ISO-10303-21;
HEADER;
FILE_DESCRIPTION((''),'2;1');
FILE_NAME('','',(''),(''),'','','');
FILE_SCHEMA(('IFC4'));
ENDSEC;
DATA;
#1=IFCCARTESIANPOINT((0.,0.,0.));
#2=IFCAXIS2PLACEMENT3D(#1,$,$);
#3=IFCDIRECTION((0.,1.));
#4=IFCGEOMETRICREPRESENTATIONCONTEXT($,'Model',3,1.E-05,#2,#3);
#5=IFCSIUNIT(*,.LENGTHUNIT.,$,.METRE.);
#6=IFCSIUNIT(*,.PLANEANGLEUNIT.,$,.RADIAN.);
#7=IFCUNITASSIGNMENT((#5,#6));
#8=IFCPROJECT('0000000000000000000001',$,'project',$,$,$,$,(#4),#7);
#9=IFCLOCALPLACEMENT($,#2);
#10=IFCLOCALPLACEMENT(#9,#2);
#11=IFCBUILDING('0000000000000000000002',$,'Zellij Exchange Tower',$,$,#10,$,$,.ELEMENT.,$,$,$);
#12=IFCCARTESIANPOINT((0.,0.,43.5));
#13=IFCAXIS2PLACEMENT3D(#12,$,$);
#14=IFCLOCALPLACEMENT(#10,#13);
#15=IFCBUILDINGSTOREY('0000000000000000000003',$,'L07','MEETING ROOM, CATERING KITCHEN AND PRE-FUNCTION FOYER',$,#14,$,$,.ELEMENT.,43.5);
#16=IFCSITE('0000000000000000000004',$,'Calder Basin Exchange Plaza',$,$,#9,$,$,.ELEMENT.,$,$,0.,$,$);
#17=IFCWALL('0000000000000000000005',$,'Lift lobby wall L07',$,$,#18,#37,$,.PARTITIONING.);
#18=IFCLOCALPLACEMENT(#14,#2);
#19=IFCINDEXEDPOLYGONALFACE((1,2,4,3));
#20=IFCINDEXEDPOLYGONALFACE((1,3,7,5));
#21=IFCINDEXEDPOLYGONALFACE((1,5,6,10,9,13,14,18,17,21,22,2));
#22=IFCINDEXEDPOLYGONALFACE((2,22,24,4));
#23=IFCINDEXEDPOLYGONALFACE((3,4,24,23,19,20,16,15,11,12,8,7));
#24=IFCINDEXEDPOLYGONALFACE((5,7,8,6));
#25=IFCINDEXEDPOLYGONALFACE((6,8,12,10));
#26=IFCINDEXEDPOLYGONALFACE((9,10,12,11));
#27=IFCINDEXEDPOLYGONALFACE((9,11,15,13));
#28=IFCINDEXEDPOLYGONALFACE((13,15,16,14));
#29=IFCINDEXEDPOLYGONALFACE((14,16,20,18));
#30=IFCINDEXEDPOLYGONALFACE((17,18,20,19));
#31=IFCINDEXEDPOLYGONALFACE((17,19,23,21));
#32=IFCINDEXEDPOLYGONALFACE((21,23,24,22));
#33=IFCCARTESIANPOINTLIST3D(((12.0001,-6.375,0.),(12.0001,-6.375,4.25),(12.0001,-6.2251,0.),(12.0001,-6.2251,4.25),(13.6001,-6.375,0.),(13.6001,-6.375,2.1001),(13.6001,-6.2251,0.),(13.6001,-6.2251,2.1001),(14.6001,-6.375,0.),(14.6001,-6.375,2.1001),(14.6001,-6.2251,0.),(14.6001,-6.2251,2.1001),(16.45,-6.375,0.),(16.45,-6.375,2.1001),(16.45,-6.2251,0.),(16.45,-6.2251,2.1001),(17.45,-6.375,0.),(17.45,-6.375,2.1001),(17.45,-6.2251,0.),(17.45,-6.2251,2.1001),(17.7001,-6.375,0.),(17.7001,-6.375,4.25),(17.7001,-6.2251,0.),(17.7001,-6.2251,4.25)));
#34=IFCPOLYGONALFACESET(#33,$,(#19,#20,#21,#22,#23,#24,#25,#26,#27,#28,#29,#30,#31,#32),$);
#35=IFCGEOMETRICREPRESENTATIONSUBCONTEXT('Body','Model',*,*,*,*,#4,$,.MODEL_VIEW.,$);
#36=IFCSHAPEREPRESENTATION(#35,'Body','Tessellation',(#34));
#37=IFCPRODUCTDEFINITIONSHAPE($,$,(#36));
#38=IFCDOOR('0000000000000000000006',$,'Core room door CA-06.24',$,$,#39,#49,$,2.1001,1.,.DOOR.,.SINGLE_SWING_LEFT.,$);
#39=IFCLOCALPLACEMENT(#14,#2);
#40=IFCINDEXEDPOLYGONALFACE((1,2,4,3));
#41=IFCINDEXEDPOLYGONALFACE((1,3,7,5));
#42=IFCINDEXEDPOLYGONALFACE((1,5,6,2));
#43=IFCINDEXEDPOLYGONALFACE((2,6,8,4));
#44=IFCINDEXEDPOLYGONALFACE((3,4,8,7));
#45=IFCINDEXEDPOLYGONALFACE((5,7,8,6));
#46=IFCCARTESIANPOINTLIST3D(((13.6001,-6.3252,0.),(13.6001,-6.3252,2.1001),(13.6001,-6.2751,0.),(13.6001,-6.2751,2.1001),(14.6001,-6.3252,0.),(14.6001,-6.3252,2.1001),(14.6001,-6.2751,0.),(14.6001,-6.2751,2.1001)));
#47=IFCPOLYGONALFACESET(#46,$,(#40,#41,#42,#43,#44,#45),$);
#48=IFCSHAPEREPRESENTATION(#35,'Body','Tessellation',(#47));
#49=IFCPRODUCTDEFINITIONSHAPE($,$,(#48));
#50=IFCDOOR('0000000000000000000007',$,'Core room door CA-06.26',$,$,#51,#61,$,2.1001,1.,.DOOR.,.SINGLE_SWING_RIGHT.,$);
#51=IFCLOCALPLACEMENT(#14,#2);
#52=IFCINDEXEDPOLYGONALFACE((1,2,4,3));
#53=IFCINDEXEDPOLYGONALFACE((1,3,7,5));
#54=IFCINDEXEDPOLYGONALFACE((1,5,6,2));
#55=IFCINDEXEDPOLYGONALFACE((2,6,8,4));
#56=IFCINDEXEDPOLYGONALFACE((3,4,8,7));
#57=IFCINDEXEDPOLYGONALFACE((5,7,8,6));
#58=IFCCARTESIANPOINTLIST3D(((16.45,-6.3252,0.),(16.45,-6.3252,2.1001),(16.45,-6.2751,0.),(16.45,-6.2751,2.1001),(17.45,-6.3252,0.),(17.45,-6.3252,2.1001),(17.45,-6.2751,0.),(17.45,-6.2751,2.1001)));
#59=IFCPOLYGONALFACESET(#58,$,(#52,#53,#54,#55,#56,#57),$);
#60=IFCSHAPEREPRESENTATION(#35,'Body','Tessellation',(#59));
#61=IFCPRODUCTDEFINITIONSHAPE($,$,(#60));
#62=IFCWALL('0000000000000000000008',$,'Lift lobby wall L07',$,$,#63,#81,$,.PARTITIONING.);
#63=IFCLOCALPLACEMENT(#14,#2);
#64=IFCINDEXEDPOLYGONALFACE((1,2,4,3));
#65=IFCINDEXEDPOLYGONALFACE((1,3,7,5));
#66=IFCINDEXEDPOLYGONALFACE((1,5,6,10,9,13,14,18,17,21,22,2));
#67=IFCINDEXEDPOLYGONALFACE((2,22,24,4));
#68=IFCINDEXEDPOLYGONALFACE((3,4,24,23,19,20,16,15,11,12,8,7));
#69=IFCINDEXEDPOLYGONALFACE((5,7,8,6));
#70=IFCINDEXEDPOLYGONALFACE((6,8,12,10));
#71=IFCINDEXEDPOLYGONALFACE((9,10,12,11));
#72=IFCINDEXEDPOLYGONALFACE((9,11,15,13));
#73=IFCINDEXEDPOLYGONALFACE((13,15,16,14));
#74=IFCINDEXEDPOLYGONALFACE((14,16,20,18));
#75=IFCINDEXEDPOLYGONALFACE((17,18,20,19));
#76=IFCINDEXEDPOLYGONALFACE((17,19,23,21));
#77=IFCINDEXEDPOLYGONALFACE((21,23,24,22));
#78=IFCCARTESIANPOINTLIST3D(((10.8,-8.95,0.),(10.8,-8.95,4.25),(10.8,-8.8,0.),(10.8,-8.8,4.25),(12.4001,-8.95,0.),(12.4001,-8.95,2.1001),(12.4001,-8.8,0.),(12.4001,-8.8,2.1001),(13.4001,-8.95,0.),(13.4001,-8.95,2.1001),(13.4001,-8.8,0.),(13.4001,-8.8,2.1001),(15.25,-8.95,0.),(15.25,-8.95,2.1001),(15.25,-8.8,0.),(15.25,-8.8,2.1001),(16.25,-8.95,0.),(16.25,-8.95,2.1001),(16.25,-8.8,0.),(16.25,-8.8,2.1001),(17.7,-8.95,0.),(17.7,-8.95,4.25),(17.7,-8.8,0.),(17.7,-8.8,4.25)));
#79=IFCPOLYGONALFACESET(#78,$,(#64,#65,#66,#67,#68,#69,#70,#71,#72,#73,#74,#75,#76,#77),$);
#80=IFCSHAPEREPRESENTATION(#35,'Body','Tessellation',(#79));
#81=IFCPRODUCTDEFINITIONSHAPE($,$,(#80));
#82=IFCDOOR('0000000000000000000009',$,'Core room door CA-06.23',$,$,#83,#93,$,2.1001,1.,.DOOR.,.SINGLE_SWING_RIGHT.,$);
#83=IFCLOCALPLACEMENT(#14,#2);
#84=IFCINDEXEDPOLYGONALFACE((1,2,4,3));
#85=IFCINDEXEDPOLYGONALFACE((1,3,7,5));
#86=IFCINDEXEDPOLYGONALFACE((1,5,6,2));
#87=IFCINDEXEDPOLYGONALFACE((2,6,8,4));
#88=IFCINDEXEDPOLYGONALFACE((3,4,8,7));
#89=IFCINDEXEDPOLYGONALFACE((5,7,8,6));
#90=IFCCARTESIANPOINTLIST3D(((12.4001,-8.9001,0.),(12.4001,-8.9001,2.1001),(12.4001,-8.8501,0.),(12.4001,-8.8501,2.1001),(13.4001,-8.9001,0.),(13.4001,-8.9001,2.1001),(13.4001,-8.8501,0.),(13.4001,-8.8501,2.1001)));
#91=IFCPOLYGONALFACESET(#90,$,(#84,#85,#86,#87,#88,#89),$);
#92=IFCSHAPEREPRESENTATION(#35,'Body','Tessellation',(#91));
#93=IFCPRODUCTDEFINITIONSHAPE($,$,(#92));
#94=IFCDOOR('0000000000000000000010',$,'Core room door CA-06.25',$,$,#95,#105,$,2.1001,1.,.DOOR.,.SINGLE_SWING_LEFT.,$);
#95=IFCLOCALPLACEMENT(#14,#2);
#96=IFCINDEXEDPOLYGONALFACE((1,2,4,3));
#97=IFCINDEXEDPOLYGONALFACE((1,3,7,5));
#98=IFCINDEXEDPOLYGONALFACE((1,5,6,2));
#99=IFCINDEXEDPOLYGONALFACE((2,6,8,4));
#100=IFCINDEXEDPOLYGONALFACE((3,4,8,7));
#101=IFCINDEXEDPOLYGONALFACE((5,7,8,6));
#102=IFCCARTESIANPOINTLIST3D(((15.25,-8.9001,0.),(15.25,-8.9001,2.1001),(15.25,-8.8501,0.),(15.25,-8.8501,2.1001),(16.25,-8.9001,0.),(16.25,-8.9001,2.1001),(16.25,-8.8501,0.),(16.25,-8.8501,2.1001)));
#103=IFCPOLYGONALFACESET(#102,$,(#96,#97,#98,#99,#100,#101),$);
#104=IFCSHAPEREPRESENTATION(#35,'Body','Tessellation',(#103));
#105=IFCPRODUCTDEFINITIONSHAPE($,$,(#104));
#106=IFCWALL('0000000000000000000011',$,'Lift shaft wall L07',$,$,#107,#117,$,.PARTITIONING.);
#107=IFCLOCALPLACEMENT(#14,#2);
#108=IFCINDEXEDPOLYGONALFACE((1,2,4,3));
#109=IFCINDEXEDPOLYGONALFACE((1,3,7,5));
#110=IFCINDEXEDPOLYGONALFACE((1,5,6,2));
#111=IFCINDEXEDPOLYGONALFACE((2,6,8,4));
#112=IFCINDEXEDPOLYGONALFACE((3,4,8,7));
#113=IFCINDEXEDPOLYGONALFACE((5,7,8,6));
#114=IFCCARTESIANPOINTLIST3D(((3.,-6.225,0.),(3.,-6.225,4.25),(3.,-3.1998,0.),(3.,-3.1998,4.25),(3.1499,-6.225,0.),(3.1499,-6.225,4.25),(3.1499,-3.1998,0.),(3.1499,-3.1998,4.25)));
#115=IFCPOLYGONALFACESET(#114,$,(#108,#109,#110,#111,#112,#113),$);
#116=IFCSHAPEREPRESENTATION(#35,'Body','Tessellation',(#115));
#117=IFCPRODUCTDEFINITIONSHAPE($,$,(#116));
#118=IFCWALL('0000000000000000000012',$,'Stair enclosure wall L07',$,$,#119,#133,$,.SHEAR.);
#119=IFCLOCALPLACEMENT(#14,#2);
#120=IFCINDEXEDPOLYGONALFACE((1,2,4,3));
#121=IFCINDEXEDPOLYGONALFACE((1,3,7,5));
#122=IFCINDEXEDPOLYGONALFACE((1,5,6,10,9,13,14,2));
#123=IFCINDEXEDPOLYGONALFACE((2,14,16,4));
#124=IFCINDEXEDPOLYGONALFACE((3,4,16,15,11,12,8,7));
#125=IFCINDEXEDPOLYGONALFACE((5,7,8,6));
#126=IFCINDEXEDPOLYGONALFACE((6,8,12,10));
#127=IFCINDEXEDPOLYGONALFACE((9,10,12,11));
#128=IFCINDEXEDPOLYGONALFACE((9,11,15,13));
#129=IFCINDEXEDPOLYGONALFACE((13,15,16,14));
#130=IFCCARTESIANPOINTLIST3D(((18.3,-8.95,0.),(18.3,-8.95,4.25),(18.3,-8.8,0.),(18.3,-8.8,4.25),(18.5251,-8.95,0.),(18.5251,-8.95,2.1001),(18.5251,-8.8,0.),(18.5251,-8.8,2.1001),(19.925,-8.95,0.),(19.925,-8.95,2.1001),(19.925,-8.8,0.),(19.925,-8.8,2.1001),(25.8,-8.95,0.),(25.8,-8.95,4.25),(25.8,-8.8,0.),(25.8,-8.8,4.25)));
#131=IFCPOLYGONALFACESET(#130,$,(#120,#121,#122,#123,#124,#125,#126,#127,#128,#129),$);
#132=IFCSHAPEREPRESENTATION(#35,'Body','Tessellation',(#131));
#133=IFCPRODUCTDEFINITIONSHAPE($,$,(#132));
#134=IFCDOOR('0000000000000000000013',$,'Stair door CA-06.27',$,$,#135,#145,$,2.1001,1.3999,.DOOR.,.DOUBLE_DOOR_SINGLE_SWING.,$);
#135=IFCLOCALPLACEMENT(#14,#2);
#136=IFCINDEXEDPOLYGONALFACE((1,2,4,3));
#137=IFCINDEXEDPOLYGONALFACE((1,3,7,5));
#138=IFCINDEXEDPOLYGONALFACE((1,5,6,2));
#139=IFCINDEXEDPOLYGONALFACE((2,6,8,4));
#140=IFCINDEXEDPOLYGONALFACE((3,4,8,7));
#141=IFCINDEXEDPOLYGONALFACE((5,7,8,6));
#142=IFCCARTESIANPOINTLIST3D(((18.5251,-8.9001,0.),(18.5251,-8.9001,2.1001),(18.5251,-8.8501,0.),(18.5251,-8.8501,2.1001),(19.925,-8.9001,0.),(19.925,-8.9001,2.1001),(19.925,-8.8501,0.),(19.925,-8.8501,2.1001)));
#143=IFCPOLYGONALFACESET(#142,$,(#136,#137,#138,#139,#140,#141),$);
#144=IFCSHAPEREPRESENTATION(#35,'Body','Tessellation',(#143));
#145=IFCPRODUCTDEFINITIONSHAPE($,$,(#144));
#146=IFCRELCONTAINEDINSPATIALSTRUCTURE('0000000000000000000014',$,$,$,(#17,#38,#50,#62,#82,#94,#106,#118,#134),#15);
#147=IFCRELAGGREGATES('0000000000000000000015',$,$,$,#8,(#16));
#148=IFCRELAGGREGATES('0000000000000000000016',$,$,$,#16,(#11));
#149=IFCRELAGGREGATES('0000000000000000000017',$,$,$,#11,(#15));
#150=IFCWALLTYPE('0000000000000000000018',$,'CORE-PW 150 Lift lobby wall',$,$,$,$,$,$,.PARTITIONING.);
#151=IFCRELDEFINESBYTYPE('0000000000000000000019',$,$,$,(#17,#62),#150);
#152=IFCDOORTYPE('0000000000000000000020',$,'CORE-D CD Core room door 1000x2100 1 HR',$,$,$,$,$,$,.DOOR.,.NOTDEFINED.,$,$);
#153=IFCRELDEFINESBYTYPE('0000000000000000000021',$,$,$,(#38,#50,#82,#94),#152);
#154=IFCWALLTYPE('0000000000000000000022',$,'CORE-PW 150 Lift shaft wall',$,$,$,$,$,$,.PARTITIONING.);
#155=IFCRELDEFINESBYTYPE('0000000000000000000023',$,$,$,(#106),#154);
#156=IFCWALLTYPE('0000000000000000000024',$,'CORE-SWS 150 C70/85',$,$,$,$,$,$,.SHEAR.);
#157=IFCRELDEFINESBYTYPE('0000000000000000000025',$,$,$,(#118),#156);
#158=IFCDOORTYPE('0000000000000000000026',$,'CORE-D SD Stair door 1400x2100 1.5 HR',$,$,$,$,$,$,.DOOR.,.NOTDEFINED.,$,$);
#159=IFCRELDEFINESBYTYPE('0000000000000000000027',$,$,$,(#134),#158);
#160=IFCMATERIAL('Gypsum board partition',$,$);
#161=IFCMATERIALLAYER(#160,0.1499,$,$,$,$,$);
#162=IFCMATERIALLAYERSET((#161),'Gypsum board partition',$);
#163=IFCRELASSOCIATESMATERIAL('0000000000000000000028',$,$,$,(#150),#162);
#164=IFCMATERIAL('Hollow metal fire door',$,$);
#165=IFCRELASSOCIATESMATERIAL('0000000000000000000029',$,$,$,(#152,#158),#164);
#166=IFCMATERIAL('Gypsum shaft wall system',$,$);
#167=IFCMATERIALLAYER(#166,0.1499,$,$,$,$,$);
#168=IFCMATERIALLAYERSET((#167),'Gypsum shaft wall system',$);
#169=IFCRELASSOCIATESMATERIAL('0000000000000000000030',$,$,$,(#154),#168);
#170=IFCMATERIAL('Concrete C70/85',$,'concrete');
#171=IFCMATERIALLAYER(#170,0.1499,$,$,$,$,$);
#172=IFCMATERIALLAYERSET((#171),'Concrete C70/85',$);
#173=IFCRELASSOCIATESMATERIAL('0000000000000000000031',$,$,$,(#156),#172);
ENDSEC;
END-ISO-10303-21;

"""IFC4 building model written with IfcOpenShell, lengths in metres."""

from ifc_helpers import new_model, si_unit, direction, frame, frame_2d, origin, place, context, subcontext, project, spatial, rectangle, extrude, material, layer, layer_set, type_object, element, fill, save


model = new_model("IFC4")

# Units and contexts
model_context = context("Model", 3, precision=1e-05, world=origin(), true_north=direction((0.0, 1.0)))
body_context = subcontext(model_context, "Body", "Model", "MODEL_VIEW")
ifc_project = project(units=[si_unit("LENGTHUNIT", "METRE"), si_unit("PLANEANGLEUNIT", "RADIAN")], contexts=[model_context])

# Site, building, storey
site_placement = place(None, origin())
site = spatial("IfcSite", under=ifc_project, at=site_placement, Name="Calder Basin Exchange Plaza", CompositionType="ELEMENT", RefElevation=0.0)
building_placement = place(site_placement, origin())
building = spatial("IfcBuilding", under=site, at=building_placement, Name="Zellij Exchange Tower", CompositionType="ELEMENT")
storey_placement = place(building_placement, frame((0.0, 0.0, 43.5)))
storey = spatial("IfcBuildingStorey", under=building, at=storey_placement, Name="L07", Description="MEETING ROOM, CATERING KITCHEN AND PRE-FUNCTION FOYER", CompositionType="ELEMENT", Elevation=43.5)

# Shared definitions
ifc_material_1 = material(Name="Concrete C70/85", Category="concrete")

# Shared definitions
ifc_material_2 = material(Name="Gypsum shaft wall system")
ifc_material_3 = material(Name="Hollow metal fire door")

# Shared definitions
ifc_material_4 = material(Name="Gypsum board partition")
ifc_layer_1 = layer(ifc_material_4, 0.1499)
ifc_layer_set_1 = layer_set([ifc_layer_1], Name="Gypsum board partition")
wall_type_1 = type_object("IfcWallType", Name="CORE-PW 150 Lift lobby wall", PredefinedType="PARTITIONING", material=ifc_layer_set_1)

# Walls, openings, doors
wall_1_placement = place(storey_placement, frame((12.0, -6.3, 0.0), z_axis=(0.0, 0.0, 1.0), x_axis=(1.0, 0.0, 0.0)))
wall_1 = element("IfcWall", 1, at=wall_1_placement, inside=storey, type_object=wall_type_1, Name="Lift lobby wall L07", PredefinedType="PARTITIONING", context=body_context, shape_type="SweptSolid", body=[
    extrude(rectangle(XDim=5.7, YDim=0.1499, at=frame_2d((2.8501, 0.0))), origin(), (0.0, 0.0, 1.0), 4.25),
])
opening_1_placement = place(wall_1_placement, frame((1.6001, 0.0, 0.0)))
opening_1 = element("IfcOpeningElement", 2, at=opening_1_placement, cuts=wall_1, PredefinedType="OPENING", context=body_context, shape_type="SweptSolid", body=[
    extrude(rectangle(XDim=1.0, YDim=2.1001, at=frame_2d((0.5, 1.05))), frame((0.0, 0.0869, 0.0), z_axis=(0.0, -1.0, 0.0), x_axis=(1.0, 0.0, 0.0)), (0.0, 0.0, 1.0), 0.1738),
])
opening_2_placement = place(wall_1_placement, frame((4.45, 0.0, 0.0)))
opening_2 = element("IfcOpeningElement", 3, at=opening_2_placement, cuts=wall_1, PredefinedType="OPENING", context=body_context, shape_type="SweptSolid", body=[
    extrude(rectangle(XDim=1.0, YDim=2.1001, at=frame_2d((0.5, 1.05))), frame((0.0, 0.0869, 0.0), z_axis=(0.0, -1.0, 0.0), x_axis=(1.0, 0.0, 0.0)), (0.0, 0.0, 1.0), 0.1738),
])
door_type_1 = type_object("IfcDoorType", Name="CORE-D CD Core room door 1000x2100 1 HR", OperationType="NOTDEFINED", PredefinedType="DOOR", material=ifc_material_3)
door_1_placement = place(opening_1_placement, origin())
door_1 = element("IfcDoor", 4, at=door_1_placement, inside=storey, type_object=door_type_1, Name="Core room door CA-06.24", OperationType="SINGLE_SWING_LEFT", OverallHeight=2.1001, OverallWidth=1.0, PredefinedType="DOOR", context=body_context, shape_type="SweptSolid", body=[
    extrude(rectangle(XDim=1.0, YDim=2.1001, at=frame_2d((0.5, 1.05))), frame((0.0, 0.0249, 0.0), z_axis=(0.0, -1.0, 0.0), x_axis=(1.0, 0.0, 0.0)), (0.0, 0.0, 1.0), 0.05),
])
fill(opening_1, door_1)
door_2_placement = place(opening_2_placement, origin())
door_2 = element("IfcDoor", 5, at=door_2_placement, inside=storey, type_object=door_type_1, Name="Core room door CA-06.26", OperationType="SINGLE_SWING_RIGHT", OverallHeight=2.1001, OverallWidth=1.0, PredefinedType="DOOR", context=body_context, shape_type="SweptSolid", body=[
    extrude(rectangle(XDim=1.0, YDim=2.1001, at=frame_2d((0.5, 1.05))), frame((0.0, 0.0249, 0.0), z_axis=(0.0, -1.0, 0.0), x_axis=(1.0, 0.0, 0.0)), (0.0, 0.0, 1.0), 0.05),
])
fill(opening_2, door_2)
wall_2_placement = place(storey_placement, frame((10.8, -8.875, 0.0), z_axis=(0.0, 0.0, 1.0), x_axis=(1.0, 0.0, 0.0)))
wall_2 = element("IfcWall", 6, at=wall_2_placement, inside=storey, type_object=wall_type_1, Name="Lift lobby wall L07", PredefinedType="PARTITIONING", context=body_context, shape_type="SweptSolid", body=[
    extrude(rectangle(XDim=6.8999, YDim=0.1499, at=frame_2d((3.45, 0.0))), origin(), (0.0, 0.0, 1.0), 4.25),
])
opening_3_placement = place(wall_2_placement, frame((1.6001, 0.0, 0.0)))
opening_3 = element("IfcOpeningElement", 7, at=opening_3_placement, cuts=wall_2, PredefinedType="OPENING", context=body_context, shape_type="SweptSolid", body=[
    extrude(rectangle(XDim=1.0, YDim=2.1001, at=frame_2d((0.5, 1.05))), frame((0.0, 0.0869, 0.0), z_axis=(0.0, -1.0, 0.0), x_axis=(1.0, 0.0, 0.0)), (0.0, 0.0, 1.0), 0.1738),
])
opening_4_placement = place(wall_2_placement, frame((4.45, 0.0, 0.0)))
opening_4 = element("IfcOpeningElement", 8, at=opening_4_placement, cuts=wall_2, PredefinedType="OPENING", context=body_context, shape_type="SweptSolid", body=[
    extrude(rectangle(XDim=1.0, YDim=2.1001, at=frame_2d((0.5, 1.05))), frame((0.0, 0.0869, 0.0), z_axis=(0.0, -1.0, 0.0), x_axis=(1.0, 0.0, 0.0)), (0.0, 0.0, 1.0), 0.1738),
])
door_3_placement = place(opening_3_placement, origin())
door_3 = element("IfcDoor", 9, at=door_3_placement, inside=storey, type_object=door_type_1, Name="Core room door CA-06.23", OperationType="SINGLE_SWING_RIGHT", OverallHeight=2.1001, OverallWidth=1.0, PredefinedType="DOOR", context=body_context, shape_type="SweptSolid", body=[
    extrude(rectangle(XDim=1.0, YDim=2.1001, at=frame_2d((0.5, 1.05))), frame((0.0, 0.0249, 0.0), z_axis=(0.0, -1.0, 0.0), x_axis=(1.0, 0.0, 0.0)), (0.0, 0.0, 1.0), 0.05),
])
fill(opening_3, door_3)
door_4_placement = place(opening_4_placement, origin())
door_4 = element("IfcDoor", 10, at=door_4_placement, inside=storey, type_object=door_type_1, Name="Core room door CA-06.25", OperationType="SINGLE_SWING_LEFT", OverallHeight=2.1001, OverallWidth=1.0, PredefinedType="DOOR", context=body_context, shape_type="SweptSolid", body=[
    extrude(rectangle(XDim=1.0, YDim=2.1001, at=frame_2d((0.5, 1.05))), frame((0.0, 0.0249, 0.0), z_axis=(0.0, -1.0, 0.0), x_axis=(1.0, 0.0, 0.0)), (0.0, 0.0, 1.0), 0.05),
])
fill(opening_4, door_4)

# Wall
ifc_layer_2 = layer(ifc_material_2, 0.1499)
ifc_layer_set_2 = layer_set([ifc_layer_2], Name="Gypsum shaft wall system")
wall_type_2 = type_object("IfcWallType", Name="CORE-PW 150 Lift shaft wall", PredefinedType="PARTITIONING", material=ifc_layer_set_2)
wall_3_placement = place(storey_placement, frame((3.075, -6.2251, 0.0), z_axis=(0.0, 0.0, 1.0), x_axis=(0.0, 1.0, 0.0)))
element("IfcWall", 11, at=wall_3_placement, inside=storey, type_object=wall_type_2, Name="Lift shaft wall L07", PredefinedType="PARTITIONING", context=body_context, shape_type="SweptSolid", body=[
    extrude(rectangle(XDim=3.0251, YDim=0.1499, at=frame_2d((1.5127, 0.0))), origin(), (0.0, 0.0, 1.0), 4.25),
])

# Wall, opening, door
ifc_layer_3 = layer(ifc_material_1, 0.1499)
ifc_layer_set_3 = layer_set([ifc_layer_3], Name="Concrete C70/85")
wall_type_3 = type_object("IfcWallType", Name="CORE-SWS 150 C70/85", PredefinedType="SHEAR", material=ifc_layer_set_3)
wall_4_placement = place(storey_placement, frame((18.3, -8.875, 0.0), z_axis=(0.0, 0.0, 1.0), x_axis=(1.0, 0.0, 0.0)))
wall_4 = element("IfcWall", 12, at=wall_4_placement, inside=storey, type_object=wall_type_3, Name="Stair enclosure wall L07", PredefinedType="SHEAR", context=body_context, shape_type="SweptSolid", body=[
    extrude(rectangle(XDim=7.5, YDim=0.1499, at=frame_2d((3.75, 0.0))), origin(), (0.0, 0.0, 1.0), 4.25),
])
opening_5_placement = place(wall_4_placement, frame((0.2251, 0.0, 0.0)))
opening_5 = element("IfcOpeningElement", 13, at=opening_5_placement, cuts=wall_4, PredefinedType="OPENING", context=body_context, shape_type="SweptSolid", body=[
    extrude(rectangle(XDim=1.3999, YDim=2.1001, at=frame_2d((0.7, 1.05))), frame((0.0, 0.0869, 0.0), z_axis=(0.0, -1.0, 0.0), x_axis=(1.0, 0.0, 0.0)), (0.0, 0.0, 1.0), 0.1738),
])
door_type_2 = type_object("IfcDoorType", Name="CORE-D SD Stair door 1400x2100 1.5 HR", OperationType="NOTDEFINED", PredefinedType="DOOR", material=ifc_material_3)
door_5_placement = place(opening_5_placement, origin())
door_5 = element("IfcDoor", 14, at=door_5_placement, inside=storey, type_object=door_type_2, Name="Stair door CA-06.27", OperationType="DOUBLE_DOOR_SINGLE_SWING", OverallHeight=2.1001, OverallWidth=1.3999, PredefinedType="DOOR", context=body_context, shape_type="SweptSolid", body=[
    extrude(rectangle(XDim=1.3999, YDim=2.1001, at=frame_2d((0.7, 1.05))), frame((0.0, 0.0249, 0.0), z_axis=(0.0, -1.0, 0.0), x_axis=(1.0, 0.0, 0.0)), (0.0, 0.0, 1.0), 0.05),
])
fill(opening_5, door_5)

save(model, "model.ifc")
